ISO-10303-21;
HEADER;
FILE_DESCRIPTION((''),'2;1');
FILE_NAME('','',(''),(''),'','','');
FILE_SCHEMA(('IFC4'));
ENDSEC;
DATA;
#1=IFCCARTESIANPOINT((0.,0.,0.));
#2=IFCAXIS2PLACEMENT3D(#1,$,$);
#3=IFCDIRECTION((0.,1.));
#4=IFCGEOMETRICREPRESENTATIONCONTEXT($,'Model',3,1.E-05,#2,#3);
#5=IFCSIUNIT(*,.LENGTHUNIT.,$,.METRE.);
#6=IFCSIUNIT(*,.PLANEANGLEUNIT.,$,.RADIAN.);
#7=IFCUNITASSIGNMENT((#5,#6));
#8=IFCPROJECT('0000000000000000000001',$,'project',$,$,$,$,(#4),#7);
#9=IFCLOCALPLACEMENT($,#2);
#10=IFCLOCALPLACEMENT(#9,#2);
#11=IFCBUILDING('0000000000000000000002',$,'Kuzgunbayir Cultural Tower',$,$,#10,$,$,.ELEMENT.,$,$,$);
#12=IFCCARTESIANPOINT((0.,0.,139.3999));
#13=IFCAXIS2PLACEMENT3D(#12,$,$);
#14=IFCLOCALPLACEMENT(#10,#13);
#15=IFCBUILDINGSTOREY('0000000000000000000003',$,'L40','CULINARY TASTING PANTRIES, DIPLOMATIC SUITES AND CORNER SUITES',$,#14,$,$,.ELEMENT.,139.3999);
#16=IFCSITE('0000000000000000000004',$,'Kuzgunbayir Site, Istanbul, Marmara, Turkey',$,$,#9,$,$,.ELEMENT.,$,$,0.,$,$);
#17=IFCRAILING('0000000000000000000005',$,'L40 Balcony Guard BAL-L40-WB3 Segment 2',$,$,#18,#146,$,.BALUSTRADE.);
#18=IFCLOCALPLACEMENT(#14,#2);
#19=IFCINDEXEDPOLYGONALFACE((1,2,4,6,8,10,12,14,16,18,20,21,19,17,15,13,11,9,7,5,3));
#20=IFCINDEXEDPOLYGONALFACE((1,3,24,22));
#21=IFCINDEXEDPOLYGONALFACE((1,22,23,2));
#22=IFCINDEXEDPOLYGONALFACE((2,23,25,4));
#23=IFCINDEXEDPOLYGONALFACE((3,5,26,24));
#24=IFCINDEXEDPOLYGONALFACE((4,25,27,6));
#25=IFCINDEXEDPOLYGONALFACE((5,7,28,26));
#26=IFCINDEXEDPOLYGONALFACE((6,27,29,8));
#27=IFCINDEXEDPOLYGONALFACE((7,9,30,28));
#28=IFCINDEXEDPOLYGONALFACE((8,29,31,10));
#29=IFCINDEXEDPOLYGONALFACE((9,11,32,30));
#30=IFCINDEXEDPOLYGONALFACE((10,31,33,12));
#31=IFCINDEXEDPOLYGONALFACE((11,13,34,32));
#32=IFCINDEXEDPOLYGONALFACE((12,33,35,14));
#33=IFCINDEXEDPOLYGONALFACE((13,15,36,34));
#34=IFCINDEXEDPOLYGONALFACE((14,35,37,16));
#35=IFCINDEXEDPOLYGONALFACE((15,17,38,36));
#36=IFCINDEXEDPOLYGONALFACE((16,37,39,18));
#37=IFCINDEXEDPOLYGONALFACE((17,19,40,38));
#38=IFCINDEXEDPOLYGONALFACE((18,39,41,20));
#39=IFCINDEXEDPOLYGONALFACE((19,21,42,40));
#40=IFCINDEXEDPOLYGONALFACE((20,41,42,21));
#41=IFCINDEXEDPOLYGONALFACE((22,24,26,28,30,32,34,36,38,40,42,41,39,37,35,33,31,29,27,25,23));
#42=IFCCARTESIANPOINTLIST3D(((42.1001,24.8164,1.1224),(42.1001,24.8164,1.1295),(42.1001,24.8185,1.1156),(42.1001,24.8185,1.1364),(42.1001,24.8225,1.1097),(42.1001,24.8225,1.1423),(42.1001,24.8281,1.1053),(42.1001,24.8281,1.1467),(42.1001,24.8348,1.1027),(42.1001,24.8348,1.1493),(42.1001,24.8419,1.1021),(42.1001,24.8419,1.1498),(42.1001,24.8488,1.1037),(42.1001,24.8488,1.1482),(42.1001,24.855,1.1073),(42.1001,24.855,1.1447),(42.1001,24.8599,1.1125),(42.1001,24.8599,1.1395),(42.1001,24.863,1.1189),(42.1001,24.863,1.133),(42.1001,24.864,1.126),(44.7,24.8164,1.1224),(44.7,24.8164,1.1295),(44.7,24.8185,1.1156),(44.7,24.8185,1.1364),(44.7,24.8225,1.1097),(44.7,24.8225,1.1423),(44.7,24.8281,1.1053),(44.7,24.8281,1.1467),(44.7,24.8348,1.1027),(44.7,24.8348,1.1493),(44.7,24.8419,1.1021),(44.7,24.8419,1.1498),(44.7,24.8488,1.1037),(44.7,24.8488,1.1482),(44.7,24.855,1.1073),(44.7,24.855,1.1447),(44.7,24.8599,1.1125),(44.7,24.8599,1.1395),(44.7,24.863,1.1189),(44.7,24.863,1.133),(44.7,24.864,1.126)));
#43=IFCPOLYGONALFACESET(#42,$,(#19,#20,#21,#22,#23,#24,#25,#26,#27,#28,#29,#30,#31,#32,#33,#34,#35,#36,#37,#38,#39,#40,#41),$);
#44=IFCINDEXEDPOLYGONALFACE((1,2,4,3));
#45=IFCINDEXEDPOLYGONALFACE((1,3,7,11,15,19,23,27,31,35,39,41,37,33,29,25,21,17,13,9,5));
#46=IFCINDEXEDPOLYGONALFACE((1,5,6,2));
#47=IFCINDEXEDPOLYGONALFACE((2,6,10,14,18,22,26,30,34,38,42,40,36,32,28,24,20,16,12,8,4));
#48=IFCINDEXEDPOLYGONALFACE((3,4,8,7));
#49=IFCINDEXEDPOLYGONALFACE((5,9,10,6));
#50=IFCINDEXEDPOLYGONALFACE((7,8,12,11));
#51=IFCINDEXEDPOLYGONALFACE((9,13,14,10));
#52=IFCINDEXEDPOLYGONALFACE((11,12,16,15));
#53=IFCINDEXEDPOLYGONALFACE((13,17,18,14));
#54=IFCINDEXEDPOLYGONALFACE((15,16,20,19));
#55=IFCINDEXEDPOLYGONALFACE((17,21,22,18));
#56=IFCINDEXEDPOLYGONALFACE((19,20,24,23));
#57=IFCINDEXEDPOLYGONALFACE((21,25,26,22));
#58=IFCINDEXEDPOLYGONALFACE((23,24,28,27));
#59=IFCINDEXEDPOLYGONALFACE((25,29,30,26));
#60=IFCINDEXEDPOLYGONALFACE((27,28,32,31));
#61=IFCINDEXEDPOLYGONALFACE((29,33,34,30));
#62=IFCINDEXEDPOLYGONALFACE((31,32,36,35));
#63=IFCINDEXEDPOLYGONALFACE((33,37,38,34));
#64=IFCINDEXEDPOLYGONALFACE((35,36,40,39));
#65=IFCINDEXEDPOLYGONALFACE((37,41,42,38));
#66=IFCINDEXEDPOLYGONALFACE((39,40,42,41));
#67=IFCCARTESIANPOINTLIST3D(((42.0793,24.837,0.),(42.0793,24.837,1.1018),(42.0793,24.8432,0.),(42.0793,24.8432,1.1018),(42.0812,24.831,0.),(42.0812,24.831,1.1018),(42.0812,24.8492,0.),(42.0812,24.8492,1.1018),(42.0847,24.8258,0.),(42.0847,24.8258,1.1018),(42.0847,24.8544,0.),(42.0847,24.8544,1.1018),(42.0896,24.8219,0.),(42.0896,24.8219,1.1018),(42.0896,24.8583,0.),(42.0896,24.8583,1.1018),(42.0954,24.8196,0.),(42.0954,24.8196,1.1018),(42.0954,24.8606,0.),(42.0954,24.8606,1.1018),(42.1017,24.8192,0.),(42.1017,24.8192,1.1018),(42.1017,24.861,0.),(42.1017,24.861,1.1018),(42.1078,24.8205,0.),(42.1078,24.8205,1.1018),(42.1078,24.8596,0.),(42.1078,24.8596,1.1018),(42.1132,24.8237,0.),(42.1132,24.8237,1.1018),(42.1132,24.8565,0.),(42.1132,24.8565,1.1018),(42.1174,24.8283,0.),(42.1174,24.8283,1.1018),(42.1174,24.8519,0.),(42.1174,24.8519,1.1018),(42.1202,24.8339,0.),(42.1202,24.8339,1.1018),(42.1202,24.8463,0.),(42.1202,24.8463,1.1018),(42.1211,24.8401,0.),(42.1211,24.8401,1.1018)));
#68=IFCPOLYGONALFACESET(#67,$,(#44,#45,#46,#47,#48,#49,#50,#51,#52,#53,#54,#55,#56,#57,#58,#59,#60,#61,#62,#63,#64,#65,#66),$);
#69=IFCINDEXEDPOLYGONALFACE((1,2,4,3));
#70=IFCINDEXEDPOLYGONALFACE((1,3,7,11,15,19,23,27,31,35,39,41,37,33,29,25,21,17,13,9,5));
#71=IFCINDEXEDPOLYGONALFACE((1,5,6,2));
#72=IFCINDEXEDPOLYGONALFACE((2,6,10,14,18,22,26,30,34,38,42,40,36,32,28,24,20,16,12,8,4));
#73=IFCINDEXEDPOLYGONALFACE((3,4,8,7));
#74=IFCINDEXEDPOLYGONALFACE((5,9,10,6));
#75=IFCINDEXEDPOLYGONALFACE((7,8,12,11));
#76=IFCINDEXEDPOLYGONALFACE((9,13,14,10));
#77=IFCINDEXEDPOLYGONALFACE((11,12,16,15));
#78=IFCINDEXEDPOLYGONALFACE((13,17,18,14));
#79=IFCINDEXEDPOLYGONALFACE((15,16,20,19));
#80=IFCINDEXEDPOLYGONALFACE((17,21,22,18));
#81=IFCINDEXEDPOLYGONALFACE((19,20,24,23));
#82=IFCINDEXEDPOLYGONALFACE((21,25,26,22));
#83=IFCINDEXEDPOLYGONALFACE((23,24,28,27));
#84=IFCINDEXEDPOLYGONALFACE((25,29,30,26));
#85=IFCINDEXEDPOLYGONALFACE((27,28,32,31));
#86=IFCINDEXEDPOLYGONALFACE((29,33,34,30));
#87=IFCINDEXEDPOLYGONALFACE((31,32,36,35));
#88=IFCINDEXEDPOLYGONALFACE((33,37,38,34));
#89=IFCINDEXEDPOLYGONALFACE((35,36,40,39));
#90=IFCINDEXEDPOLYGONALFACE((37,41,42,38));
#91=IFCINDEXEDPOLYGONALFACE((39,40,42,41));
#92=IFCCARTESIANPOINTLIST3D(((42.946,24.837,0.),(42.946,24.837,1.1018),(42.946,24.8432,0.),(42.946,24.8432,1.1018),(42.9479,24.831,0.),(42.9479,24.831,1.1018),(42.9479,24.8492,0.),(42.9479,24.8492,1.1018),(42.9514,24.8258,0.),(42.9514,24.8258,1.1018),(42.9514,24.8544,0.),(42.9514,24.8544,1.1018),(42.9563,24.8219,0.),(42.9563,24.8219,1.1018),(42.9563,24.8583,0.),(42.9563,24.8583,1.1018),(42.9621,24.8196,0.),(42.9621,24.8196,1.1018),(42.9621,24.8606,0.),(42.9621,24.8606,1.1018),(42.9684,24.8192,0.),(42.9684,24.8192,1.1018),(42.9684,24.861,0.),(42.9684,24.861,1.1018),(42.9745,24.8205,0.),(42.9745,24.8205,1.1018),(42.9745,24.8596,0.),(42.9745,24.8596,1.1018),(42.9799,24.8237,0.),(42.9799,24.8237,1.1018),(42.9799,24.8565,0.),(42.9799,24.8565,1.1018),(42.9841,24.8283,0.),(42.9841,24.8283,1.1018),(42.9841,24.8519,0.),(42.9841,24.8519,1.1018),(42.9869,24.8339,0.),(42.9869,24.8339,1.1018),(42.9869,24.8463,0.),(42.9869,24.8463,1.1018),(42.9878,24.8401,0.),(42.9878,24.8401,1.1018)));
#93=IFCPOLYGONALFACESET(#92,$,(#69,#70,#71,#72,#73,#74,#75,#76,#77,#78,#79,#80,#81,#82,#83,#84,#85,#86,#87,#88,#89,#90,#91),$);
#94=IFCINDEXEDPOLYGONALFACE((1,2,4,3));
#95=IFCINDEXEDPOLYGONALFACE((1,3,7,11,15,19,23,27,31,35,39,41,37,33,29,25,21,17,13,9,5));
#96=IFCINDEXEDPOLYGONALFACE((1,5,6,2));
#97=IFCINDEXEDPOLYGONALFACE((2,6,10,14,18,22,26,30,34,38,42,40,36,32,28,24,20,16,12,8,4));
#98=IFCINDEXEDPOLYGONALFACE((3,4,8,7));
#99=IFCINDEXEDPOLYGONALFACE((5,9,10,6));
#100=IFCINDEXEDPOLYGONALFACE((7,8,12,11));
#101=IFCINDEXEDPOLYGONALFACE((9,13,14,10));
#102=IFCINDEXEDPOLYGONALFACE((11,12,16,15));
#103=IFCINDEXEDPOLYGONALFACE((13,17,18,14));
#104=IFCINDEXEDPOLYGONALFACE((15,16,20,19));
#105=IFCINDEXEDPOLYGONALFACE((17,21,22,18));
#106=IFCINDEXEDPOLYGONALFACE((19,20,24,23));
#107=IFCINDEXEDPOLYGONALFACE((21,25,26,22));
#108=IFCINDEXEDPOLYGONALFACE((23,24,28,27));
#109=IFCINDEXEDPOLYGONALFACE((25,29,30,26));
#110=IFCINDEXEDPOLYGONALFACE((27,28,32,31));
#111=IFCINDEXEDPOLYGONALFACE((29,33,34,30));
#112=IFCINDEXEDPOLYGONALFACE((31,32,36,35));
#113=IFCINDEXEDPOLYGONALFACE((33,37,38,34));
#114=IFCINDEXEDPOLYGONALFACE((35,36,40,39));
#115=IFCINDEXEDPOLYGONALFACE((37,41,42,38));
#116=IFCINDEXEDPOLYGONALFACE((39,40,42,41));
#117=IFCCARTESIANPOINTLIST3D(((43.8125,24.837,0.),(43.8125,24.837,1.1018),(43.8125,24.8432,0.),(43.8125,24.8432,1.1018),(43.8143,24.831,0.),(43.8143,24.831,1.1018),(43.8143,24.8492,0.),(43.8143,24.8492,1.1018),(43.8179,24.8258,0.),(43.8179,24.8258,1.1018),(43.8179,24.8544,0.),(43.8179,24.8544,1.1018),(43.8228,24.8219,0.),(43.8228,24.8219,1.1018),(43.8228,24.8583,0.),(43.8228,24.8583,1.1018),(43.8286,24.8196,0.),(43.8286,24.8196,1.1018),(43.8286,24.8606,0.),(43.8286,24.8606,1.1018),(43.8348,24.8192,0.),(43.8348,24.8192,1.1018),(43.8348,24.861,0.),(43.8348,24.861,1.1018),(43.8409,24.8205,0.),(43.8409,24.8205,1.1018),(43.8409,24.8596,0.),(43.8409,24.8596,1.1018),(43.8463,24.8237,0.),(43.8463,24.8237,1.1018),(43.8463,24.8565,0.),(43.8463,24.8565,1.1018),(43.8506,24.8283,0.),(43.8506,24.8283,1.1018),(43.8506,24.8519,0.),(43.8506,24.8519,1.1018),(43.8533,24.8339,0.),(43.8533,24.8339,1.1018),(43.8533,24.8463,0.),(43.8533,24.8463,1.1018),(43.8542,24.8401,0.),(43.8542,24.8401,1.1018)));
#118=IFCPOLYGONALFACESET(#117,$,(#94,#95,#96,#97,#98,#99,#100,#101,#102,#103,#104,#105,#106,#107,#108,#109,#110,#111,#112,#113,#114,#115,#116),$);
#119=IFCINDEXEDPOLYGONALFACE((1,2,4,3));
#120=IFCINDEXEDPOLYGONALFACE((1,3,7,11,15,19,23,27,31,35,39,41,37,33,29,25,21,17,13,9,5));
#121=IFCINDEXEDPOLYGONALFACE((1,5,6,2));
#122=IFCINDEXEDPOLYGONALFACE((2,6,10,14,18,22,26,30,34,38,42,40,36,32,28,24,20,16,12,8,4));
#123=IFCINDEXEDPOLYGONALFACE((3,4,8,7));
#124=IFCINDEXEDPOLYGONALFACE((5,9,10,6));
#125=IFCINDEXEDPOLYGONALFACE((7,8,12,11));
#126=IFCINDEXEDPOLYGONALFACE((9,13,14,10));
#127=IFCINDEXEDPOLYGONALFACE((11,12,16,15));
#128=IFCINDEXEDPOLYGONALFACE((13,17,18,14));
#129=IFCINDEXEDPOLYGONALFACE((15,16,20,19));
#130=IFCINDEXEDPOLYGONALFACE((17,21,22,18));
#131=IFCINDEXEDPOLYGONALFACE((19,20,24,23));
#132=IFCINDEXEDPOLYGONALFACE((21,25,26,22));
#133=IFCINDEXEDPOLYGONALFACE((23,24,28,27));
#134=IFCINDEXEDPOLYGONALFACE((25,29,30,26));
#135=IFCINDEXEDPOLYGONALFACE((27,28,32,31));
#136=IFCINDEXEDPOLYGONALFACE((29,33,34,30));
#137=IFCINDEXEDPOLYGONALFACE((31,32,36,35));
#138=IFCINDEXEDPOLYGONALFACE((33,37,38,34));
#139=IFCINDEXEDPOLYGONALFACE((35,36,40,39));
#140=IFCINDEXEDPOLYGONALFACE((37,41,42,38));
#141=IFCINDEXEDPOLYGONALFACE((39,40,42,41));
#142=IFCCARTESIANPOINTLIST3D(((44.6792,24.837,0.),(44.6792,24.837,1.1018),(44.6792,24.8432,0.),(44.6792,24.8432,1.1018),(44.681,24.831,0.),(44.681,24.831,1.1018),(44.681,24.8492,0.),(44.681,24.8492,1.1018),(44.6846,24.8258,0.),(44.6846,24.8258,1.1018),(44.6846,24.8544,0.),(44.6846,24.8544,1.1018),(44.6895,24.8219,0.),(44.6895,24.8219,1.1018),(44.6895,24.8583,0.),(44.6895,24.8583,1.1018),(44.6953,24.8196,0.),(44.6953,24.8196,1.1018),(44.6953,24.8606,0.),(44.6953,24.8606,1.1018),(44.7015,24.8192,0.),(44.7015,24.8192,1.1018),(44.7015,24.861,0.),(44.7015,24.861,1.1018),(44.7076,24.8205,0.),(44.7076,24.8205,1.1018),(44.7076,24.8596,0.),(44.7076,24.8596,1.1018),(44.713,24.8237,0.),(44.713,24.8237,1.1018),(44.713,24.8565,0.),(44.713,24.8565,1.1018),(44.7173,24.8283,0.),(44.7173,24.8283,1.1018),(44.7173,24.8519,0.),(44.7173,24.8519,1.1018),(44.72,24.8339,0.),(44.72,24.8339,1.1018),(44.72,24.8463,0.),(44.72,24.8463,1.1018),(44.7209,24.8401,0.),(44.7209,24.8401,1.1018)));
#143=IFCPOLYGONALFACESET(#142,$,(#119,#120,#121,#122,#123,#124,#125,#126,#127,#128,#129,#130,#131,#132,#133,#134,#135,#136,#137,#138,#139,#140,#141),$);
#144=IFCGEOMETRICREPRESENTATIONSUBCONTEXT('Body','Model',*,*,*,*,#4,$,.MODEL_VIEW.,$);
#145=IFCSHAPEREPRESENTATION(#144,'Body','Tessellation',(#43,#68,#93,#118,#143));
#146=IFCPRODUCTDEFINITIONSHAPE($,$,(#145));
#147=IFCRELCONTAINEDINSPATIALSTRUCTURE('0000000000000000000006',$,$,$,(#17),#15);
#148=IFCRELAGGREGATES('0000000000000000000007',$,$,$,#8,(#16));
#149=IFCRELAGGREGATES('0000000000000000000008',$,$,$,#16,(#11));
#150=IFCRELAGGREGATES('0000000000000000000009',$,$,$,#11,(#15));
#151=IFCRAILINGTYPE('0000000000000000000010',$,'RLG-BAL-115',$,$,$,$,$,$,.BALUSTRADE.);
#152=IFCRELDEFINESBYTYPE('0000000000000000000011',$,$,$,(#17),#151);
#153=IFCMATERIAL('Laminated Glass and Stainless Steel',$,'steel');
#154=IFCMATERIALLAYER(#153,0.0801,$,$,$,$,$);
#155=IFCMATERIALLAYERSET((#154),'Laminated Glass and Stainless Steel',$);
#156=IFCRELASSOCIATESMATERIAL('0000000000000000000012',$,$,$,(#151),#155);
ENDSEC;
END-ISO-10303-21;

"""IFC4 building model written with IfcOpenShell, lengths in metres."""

from ifc_helpers import new_model, si_unit, direction, frame, origin, origin_2d, place, context, subcontext, project, spatial, circle, extrude, material, layer, layer_set, type_object, element, save


model = new_model("IFC4")

# Units and contexts
model_context = context("Model", 3, precision=1e-05, world=origin(), true_north=direction((0.0, 1.0)))
body_context = subcontext(model_context, "Body", "Model", "MODEL_VIEW")
ifc_project = project(units=[si_unit("LENGTHUNIT", "METRE"), si_unit("PLANEANGLEUNIT", "RADIAN")], contexts=[model_context])

# Site, building, storey
site_placement = place(None, origin())
site = spatial("IfcSite", under=ifc_project, at=site_placement, Name="Kuzgunbayir Site, Istanbul, Marmara, Turkey", CompositionType="ELEMENT", RefElevation=0.0)
building_placement = place(site_placement, origin())
building = spatial("IfcBuilding", under=site, at=building_placement, Name="Kuzgunbayir Cultural Tower", CompositionType="ELEMENT")
storey_placement = place(building_placement, frame((0.0, 0.0, 139.3999)))
storey = spatial("IfcBuildingStorey", under=building, at=storey_placement, Name="L40", Description="CULINARY TASTING PANTRIES, DIPLOMATIC SUITES AND CORNER SUITES", CompositionType="ELEMENT", Elevation=139.3999)

# Railing
ifc_material_1 = material(Name="Laminated Glass and Stainless Steel", Category="steel")
ifc_layer_1 = layer(ifc_material_1, 0.0801)
ifc_layer_set_1 = layer_set([ifc_layer_1], Name="Laminated Glass and Stainless Steel")
railing_type = type_object("IfcRailingType", Name="RLG-BAL-115", PredefinedType="BALUSTRADE", material=ifc_layer_set_1)
railing_1_placement = place(storey_placement, frame((42.1001, 24.8401, 0.0)))
element("IfcRailing", 1, at=railing_1_placement, inside=storey, type_object=railing_type, Name="L40 Balcony Guard BAL-L40-WB3 Segment 2", PredefinedType="BALUSTRADE", context=body_context, shape_type="SweptSolid", body=[
    extrude(circle(Radius=0.0239, at=origin_2d()), frame((0.0, 0.0, 1.126), z_axis=(1.0, 0.0, 0.0), x_axis=(0.0, 1.0, 0.0)), (0.0, 0.0, 1.0), 2.5999),
    extrude(circle(Radius=0.021, at=origin_2d()), origin(), (0.0, 0.0, 1.0), 1.1018),
    extrude(circle(Radius=0.021, at=origin_2d()), frame((0.8667, 0.0, 0.0)), (0.0, 0.0, 1.0), 1.1018),
    extrude(circle(Radius=0.021, at=origin_2d()), frame((1.7332, 0.0, 0.0)), (0.0, 0.0, 1.0), 1.1018),
    extrude(circle(Radius=0.021, at=origin_2d()), frame((2.5999, 0.0, 0.0)), (0.0, 0.0, 1.0), 1.1018),
])

save(model, "model.ifc")
